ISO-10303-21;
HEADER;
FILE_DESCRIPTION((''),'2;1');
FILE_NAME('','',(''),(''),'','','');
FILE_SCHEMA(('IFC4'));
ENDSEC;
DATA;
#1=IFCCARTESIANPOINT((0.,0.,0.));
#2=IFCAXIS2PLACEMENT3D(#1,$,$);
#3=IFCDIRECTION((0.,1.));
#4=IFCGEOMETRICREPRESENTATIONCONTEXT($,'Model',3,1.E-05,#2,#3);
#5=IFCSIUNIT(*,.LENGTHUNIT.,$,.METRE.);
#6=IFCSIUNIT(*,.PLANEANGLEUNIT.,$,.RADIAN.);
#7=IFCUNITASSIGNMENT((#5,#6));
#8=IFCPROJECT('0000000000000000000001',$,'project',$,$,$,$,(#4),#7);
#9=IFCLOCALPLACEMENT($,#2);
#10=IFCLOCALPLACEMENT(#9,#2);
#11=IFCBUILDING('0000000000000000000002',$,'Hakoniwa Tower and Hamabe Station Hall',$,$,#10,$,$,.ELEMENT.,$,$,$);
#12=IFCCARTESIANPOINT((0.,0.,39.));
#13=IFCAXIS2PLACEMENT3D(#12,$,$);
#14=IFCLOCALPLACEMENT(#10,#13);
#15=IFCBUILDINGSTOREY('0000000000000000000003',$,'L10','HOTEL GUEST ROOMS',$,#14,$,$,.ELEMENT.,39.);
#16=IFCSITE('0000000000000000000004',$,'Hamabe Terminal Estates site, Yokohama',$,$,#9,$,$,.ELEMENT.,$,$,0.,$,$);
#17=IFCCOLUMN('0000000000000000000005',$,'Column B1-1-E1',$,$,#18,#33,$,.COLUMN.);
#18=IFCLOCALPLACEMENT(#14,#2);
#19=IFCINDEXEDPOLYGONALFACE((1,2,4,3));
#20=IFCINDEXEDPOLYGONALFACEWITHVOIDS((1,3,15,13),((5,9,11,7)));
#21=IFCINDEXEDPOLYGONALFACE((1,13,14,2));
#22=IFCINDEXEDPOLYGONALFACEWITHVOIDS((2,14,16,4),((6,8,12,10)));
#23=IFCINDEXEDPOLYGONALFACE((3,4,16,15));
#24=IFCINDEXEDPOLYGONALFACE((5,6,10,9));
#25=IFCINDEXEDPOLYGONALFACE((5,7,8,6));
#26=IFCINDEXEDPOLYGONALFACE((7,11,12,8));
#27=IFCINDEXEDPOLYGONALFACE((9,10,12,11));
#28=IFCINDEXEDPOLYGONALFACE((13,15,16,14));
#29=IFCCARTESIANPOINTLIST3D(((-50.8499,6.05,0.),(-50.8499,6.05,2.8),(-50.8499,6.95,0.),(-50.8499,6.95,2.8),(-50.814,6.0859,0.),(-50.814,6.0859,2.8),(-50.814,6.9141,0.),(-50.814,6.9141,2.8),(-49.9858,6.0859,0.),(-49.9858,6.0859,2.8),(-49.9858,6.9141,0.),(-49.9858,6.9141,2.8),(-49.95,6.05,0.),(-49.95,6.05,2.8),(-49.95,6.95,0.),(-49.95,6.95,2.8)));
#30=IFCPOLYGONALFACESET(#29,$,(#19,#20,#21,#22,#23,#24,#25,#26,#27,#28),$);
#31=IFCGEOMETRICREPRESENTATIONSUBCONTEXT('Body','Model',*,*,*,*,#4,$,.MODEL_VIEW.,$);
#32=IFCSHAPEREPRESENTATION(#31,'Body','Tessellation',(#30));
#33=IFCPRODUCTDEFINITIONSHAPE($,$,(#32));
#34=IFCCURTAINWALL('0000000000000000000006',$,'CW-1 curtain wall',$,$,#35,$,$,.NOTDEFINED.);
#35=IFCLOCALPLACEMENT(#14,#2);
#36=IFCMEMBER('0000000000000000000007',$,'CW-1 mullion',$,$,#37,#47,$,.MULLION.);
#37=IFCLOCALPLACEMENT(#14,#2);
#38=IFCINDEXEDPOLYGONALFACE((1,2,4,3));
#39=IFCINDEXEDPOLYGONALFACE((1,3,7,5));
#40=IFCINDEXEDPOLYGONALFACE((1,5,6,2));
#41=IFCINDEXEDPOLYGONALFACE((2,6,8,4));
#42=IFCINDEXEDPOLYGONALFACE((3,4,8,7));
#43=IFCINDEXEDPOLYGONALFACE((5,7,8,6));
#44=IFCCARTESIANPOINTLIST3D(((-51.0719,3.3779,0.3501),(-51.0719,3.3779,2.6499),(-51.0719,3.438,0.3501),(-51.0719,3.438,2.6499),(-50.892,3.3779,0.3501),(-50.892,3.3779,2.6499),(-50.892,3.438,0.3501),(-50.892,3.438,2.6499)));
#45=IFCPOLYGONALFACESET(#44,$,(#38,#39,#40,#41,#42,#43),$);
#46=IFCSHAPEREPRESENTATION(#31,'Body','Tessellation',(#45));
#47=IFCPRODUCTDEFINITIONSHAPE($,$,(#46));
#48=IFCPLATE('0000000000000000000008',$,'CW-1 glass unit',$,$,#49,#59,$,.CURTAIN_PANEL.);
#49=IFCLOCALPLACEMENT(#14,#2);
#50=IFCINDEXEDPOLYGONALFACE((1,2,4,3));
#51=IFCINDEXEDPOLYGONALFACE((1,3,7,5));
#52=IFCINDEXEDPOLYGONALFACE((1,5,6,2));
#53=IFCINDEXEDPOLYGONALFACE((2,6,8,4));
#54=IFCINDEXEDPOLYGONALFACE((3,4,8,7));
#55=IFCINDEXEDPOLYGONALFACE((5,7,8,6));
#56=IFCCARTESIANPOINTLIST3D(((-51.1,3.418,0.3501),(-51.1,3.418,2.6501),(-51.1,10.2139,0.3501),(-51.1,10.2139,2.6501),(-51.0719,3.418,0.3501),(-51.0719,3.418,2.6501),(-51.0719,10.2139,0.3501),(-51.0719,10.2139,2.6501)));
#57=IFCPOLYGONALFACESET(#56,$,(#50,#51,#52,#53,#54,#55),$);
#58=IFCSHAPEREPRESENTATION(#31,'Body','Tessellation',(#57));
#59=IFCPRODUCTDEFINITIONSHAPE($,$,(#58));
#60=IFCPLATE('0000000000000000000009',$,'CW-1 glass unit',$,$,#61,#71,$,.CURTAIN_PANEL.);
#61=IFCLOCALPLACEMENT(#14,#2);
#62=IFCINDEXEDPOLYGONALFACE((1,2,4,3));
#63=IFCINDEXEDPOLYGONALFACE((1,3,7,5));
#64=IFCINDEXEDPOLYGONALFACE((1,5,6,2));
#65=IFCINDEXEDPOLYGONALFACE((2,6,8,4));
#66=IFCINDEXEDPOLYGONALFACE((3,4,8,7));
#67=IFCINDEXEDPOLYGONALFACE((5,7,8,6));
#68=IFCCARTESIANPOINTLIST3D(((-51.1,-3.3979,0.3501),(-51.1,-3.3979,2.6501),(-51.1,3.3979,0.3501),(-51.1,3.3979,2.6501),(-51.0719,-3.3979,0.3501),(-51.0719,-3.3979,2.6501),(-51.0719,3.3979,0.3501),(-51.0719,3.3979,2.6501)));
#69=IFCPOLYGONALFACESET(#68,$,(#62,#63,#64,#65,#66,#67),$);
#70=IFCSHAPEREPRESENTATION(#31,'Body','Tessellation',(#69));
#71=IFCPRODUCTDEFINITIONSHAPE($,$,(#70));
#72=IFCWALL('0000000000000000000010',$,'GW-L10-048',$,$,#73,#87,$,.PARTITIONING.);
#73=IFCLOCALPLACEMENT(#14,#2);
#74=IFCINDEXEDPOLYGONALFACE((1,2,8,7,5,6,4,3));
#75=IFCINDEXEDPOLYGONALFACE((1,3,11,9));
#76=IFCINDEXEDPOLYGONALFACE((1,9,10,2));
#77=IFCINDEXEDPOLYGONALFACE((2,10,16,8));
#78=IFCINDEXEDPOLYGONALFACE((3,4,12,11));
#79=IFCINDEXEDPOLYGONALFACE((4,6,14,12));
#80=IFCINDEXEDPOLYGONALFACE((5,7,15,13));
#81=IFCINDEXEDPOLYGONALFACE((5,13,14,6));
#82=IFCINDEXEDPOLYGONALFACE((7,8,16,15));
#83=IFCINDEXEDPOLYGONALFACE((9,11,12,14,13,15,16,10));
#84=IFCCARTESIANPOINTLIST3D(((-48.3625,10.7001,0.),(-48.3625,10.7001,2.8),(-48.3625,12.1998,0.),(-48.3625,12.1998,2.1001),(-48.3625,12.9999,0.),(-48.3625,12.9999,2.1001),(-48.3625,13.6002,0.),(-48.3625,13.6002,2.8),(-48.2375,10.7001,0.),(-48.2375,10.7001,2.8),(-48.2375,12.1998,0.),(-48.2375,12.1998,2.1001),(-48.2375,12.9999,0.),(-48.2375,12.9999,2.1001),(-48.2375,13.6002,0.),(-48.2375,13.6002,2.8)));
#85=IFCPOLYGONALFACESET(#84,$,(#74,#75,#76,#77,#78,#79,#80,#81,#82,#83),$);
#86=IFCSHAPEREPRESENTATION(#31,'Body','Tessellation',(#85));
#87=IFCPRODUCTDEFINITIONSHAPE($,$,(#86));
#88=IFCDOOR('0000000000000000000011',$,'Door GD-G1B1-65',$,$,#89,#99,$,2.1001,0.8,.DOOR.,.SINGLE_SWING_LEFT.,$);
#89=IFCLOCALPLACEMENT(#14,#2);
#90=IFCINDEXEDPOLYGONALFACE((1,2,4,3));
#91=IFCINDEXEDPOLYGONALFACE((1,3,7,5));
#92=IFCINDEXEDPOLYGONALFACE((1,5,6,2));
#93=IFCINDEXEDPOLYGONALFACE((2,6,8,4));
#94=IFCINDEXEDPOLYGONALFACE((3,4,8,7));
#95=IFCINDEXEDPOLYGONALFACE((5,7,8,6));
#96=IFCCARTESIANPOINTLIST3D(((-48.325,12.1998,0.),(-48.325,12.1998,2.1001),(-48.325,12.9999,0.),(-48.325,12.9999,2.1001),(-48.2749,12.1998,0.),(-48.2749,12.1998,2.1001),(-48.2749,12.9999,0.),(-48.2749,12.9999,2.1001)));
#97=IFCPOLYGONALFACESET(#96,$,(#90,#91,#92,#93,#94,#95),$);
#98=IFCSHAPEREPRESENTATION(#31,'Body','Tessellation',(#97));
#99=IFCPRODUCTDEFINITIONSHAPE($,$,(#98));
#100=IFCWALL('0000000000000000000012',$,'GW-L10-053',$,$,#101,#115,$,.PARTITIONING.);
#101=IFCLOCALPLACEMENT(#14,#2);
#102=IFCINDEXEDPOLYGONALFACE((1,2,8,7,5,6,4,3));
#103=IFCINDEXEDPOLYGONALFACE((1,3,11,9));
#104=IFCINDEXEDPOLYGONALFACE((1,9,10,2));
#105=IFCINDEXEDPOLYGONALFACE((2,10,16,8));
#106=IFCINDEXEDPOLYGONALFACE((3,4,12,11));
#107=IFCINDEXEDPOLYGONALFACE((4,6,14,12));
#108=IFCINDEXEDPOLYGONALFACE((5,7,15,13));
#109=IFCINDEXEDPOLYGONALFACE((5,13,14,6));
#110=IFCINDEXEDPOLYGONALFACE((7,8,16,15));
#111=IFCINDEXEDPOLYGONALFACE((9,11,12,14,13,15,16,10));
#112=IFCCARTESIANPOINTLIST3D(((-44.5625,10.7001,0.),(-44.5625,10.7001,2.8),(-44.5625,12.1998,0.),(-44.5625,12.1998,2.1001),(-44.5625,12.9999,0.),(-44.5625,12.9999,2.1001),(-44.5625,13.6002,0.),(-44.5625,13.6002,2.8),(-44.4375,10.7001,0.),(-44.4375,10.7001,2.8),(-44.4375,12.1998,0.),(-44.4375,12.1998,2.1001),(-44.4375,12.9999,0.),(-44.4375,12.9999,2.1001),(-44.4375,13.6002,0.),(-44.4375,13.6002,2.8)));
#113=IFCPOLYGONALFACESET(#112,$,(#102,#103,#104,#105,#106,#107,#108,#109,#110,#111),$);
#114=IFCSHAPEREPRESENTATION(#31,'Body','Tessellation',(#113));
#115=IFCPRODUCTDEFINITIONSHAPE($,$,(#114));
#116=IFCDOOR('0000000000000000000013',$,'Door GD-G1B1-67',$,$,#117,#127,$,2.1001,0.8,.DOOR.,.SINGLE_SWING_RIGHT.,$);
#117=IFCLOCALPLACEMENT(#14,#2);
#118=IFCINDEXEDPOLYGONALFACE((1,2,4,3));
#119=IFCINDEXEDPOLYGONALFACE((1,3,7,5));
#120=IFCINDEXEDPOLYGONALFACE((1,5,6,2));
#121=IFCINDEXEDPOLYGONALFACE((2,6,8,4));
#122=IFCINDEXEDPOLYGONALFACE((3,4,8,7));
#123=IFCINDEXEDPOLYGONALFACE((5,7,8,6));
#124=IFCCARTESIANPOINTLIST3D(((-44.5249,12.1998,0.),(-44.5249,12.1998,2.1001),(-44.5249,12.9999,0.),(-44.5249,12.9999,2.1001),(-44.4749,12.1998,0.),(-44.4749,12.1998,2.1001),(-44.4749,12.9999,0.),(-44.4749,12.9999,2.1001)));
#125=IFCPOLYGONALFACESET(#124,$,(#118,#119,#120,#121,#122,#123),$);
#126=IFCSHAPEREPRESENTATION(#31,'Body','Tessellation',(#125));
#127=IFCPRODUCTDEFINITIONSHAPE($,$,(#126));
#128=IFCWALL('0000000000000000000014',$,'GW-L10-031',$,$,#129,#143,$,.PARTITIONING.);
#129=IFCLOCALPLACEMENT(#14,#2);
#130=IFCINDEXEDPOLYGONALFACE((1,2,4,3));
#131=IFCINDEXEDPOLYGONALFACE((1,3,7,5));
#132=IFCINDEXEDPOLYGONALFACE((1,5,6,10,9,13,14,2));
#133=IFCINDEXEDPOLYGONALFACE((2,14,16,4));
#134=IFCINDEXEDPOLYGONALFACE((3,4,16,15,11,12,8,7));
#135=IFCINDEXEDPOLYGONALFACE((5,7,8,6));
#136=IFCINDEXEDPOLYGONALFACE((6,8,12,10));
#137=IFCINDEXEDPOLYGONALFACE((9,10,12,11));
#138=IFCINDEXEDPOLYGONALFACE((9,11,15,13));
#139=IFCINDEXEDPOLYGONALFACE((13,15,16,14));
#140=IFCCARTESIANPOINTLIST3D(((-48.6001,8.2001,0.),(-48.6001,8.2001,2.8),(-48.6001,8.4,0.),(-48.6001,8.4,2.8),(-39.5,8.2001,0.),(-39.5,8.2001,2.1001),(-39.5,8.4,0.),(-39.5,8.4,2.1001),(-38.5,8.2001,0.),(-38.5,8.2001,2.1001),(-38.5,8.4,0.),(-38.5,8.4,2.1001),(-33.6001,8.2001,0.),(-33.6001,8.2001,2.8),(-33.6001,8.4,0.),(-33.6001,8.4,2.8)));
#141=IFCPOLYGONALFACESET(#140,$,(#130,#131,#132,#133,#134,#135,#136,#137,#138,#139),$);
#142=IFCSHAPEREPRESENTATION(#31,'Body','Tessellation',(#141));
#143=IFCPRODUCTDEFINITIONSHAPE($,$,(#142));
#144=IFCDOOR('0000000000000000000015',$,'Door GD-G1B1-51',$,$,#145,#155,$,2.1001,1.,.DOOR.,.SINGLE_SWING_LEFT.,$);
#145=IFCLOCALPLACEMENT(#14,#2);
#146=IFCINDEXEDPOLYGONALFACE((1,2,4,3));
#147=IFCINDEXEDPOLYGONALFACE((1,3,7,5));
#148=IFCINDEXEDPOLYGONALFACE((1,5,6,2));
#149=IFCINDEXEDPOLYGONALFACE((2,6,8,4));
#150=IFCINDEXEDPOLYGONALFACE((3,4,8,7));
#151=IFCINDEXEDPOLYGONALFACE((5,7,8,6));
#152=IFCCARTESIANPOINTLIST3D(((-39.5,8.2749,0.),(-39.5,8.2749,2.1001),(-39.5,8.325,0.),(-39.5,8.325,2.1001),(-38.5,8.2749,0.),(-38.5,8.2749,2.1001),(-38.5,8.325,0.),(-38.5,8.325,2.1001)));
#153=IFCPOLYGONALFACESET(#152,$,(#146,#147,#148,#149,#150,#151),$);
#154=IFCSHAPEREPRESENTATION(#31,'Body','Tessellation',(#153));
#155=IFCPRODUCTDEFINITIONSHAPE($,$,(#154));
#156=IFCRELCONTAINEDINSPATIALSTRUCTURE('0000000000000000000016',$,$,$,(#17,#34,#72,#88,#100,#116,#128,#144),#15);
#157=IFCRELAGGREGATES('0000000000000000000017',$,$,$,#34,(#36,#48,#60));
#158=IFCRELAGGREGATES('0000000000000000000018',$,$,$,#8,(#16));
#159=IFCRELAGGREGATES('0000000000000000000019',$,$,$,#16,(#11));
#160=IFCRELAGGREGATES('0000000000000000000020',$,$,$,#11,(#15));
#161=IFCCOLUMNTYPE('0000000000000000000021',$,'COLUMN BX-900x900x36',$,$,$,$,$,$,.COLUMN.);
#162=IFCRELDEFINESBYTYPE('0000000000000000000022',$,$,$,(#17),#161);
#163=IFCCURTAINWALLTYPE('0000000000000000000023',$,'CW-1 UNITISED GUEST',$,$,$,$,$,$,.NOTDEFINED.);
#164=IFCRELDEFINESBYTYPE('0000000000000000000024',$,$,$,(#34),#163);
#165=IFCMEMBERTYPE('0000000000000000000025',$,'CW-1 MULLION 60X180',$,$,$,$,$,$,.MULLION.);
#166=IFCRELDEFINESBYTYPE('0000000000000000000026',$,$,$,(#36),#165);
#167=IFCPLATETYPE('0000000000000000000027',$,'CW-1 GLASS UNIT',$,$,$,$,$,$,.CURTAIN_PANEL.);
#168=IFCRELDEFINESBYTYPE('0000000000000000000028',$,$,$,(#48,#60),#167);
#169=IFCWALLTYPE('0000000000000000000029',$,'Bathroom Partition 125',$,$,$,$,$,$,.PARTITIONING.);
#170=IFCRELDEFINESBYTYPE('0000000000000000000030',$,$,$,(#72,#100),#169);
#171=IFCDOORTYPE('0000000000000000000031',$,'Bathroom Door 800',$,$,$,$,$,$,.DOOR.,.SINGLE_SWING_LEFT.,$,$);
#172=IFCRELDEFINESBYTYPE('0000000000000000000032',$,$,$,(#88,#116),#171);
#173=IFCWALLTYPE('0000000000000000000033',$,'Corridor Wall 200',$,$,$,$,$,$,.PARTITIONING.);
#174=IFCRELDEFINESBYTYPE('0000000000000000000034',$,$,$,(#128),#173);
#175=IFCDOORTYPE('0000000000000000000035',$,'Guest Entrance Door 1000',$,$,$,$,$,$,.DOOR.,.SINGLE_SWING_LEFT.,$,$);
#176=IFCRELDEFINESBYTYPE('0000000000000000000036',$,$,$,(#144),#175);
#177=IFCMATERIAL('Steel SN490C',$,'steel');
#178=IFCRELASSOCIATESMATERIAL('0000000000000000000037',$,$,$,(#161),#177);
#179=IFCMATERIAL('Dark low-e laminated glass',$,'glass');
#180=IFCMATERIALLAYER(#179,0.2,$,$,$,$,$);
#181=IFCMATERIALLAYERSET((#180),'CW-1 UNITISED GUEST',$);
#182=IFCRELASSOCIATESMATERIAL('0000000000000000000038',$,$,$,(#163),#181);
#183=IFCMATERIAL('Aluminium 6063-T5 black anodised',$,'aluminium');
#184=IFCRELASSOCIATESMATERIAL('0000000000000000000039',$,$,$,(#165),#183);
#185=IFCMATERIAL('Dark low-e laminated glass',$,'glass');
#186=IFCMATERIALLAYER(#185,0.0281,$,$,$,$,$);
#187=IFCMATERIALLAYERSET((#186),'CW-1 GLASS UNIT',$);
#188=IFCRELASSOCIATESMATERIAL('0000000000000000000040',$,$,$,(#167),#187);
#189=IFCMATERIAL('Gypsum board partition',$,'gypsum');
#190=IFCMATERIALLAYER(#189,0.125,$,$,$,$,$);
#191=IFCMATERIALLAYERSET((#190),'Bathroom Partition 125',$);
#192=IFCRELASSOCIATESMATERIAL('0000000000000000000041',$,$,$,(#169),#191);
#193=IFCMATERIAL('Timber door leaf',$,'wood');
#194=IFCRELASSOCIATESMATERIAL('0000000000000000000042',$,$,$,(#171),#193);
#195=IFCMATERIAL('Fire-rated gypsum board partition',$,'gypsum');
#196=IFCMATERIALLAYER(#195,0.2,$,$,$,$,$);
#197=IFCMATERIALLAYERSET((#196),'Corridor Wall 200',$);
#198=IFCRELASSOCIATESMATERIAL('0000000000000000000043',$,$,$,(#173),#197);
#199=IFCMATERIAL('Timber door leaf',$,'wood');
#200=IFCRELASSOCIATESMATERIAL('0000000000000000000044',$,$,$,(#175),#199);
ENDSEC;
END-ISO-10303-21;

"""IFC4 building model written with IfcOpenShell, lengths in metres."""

from ifc_helpers import new_model, si_unit, direction, frame, frame_2d, origin, origin_2d, place, context, subcontext, project, spatial, rectangle, hollow_rectangle, extrude, material, layer, layer_set, material_profile, profile_set, type_object, element, fill, aggregate, save


model = new_model("IFC4")

# Units and contexts
model_context = context("Model", 3, precision=1e-05, world=origin(), true_north=direction((0.0, 1.0)))
body_context = subcontext(model_context, "Body", "Model", "MODEL_VIEW")
ifc_project = project(units=[si_unit("LENGTHUNIT", "METRE"), si_unit("PLANEANGLEUNIT", "RADIAN")], contexts=[model_context])

# Site, building, storey
site_placement = place(None, origin())
site = spatial("IfcSite", under=ifc_project, at=site_placement, Name="Hamabe Terminal Estates site, Yokohama", CompositionType="ELEMENT", RefElevation=0.0)
building_placement = place(site_placement, origin())
building = spatial("IfcBuilding", under=site, at=building_placement, Name="Hakoniwa Tower and Hamabe Station Hall", CompositionType="ELEMENT")
storey_placement = place(building_placement, frame((0.0, 0.0, 39.0)))
storey = spatial("IfcBuildingStorey", under=building, at=storey_placement, Name="L10", Description="HOTEL GUEST ROOMS", CompositionType="ELEMENT", Elevation=39.0)

# Column
ifc_material_1 = material(Name="Steel SN490C", Category="steel")
ifc_material_profile_1 = material_profile(ifc_material_1, hollow_rectangle(XDim=0.8999, YDim=0.8999, WallThickness=0.0359, at=origin_2d()), Name="BX-900x900x36")
ifc_profile_set_1 = profile_set([ifc_material_profile_1], Name="Steel SN490C")
column_type = type_object("IfcColumnType", Name="COLUMN BX-900x900x36", PredefinedType="COLUMN", material=ifc_profile_set_1)
column_placement = place(storey_placement, frame((-50.3999, 6.5, 0.0), z_axis=(0.0, 0.0, 1.0), x_axis=(1.0, 0.0, 0.0)))
element("IfcColumn", 1, at=column_placement, inside=storey, type_object=column_type, Name="Column B1-1-E1", PredefinedType="COLUMN", context=body_context, shape_type="SweptSolid", body=[
    extrude(hollow_rectangle(XDim=0.8999, YDim=0.8999, WallThickness=0.0359, at=origin_2d()), origin(), (0.0, 0.0, 1.0), 2.8),
])

# Curtain wall, member, plates
ifc_material_2 = material(Name="Dark low-e laminated glass", Category="glass")
ifc_layer_1 = layer(ifc_material_2, 0.2)
ifc_layer_set_1 = layer_set([ifc_layer_1], Name="CW-1 UNITISED GUEST")
curtain_wall_type = type_object("IfcCurtainWallType", Name="CW-1 UNITISED GUEST", PredefinedType="NOTDEFINED", material=ifc_layer_set_1)
curtain_wall_placement = place(storey_placement, origin())
curtain_wall = element("IfcCurtainWall", 2, at=curtain_wall_placement, inside=storey, type_object=curtain_wall_type, Name="CW-1 curtain wall", PredefinedType="NOTDEFINED")
ifc_material_3 = material(Name="Aluminium 6063-T5 black anodised", Category="aluminium")
ifc_material_profile_2 = material_profile(ifc_material_3, rectangle(XDim=0.0601, YDim=0.1799, at=origin_2d()), Name="CW-1 MULLION 60X180")
ifc_profile_set_2 = profile_set([ifc_material_profile_2], Name="Aluminium 6063-T5 black anodised")
member_type = type_object("IfcMemberType", Name="CW-1 MULLION 60X180", PredefinedType="MULLION", material=ifc_profile_set_2)
member_placement = place(storey_placement, frame((-50.9819, 3.408, 0.3501), z_axis=(0.0, 0.0, 1.0), x_axis=(0.0, -1.0, 0.0)))
member = element("IfcMember", 3, at=member_placement, type_object=member_type, Name="CW-1 mullion", PredefinedType="MULLION", context=body_context, shape_type="SweptSolid", body=[
    extrude(rectangle(XDim=0.0601, YDim=0.1799, at=origin_2d()), origin(), (0.0, 0.0, 1.0), 2.2998),
])
ifc_material_4 = material(Name="Dark low-e laminated glass", Category="glass")
ifc_layer_2 = layer(ifc_material_4, 0.0281)
ifc_layer_set_2 = layer_set([ifc_layer_2], Name="CW-1 GLASS UNIT")
plate_type = type_object("IfcPlateType", Name="CW-1 GLASS UNIT", PredefinedType="CURTAIN_PANEL", material=ifc_layer_set_2)
plate_1_placement = place(storey_placement, frame((-51.0859, 6.8159, 0.3501), z_axis=(0.0, 0.0, 1.0), x_axis=(0.0, -1.0, 0.0)))
plate_1 = element("IfcPlate", 4, at=plate_1_placement, type_object=plate_type, Name="CW-1 glass unit", PredefinedType="CURTAIN_PANEL", context=body_context, shape_type="SweptSolid", body=[
    extrude(rectangle(XDim=6.7959, YDim=0.0281, at=origin_2d()), origin(), (0.0, 0.0, 1.0), 2.3),
])
plate_2_placement = place(storey_placement, frame((-51.0859, 0.0, 0.3501), z_axis=(0.0, 0.0, 1.0), x_axis=(0.0, -1.0, 0.0)))
plate_2 = element("IfcPlate", 5, at=plate_2_placement, type_object=plate_type, Name="CW-1 glass unit", PredefinedType="CURTAIN_PANEL", context=body_context, shape_type="SweptSolid", body=[
    extrude(rectangle(XDim=6.7959, YDim=0.0281, at=origin_2d()), origin(), (0.0, 0.0, 1.0), 2.3),
])
aggregate(curtain_wall, [member, plate_1, plate_2])

# Walls, openings, doors
ifc_material_5 = material(Name="Gypsum board partition", Category="gypsum")
ifc_layer_3 = layer(ifc_material_5, 0.125)
ifc_layer_set_3 = layer_set([ifc_layer_3], Name="Bathroom Partition 125")
wall_type_1 = type_object("IfcWallType", Name="Bathroom Partition 125", PredefinedType="PARTITIONING", material=ifc_layer_set_3)
wall_1_placement = place(storey_placement, frame((-48.3, 10.7, 0.0), z_axis=(0.0, 0.0, 1.0), x_axis=(0.0, 1.0, 0.0)))
wall_1 = element("IfcWall", 6, at=wall_1_placement, inside=storey, type_object=wall_type_1, Name="GW-L10-048", PredefinedType="PARTITIONING", context=body_context, shape_type="SweptSolid", body=[
    extrude(rectangle(XDim=2.9001, YDim=0.125, at=frame_2d((1.4502, 0.0))), origin(), (0.0, 0.0, 1.0), 2.8),
])
opening_1_placement = place(wall_1_placement, frame((1.5, 0.0, 0.0)))
opening_1 = element("IfcOpeningElement", 7, at=opening_1_placement, cuts=wall_1, PredefinedType="OPENING", context=body_context, shape_type="SweptSolid", body=[
    extrude(rectangle(XDim=0.8, YDim=2.1001, at=frame_2d((0.3999, 1.05))), frame((0.0, 0.0725, 0.0), z_axis=(0.0, -1.0, 0.0), x_axis=(1.0, 0.0, 0.0)), (0.0, 0.0, 1.0), 0.145),
])
ifc_material_6 = material(Name="Timber door leaf", Category="wood")
door_type_1 = type_object("IfcDoorType", Name="Bathroom Door 800", OperationType="SINGLE_SWING_LEFT", PredefinedType="DOOR", material=ifc_material_6)
door_1_placement = place(opening_1_placement, origin())
door_1 = element("IfcDoor", 8, at=door_1_placement, inside=storey, type_object=door_type_1, Name="Door GD-G1B1-65", OperationType="SINGLE_SWING_LEFT", OverallHeight=2.1001, OverallWidth=0.8, PredefinedType="DOOR", context=body_context, shape_type="SweptSolid", body=[
    extrude(rectangle(XDim=0.8, YDim=2.1001, at=frame_2d((0.3999, 1.05))), frame((0.0, 0.0249, 0.0), z_axis=(0.0, -1.0, 0.0), x_axis=(1.0, 0.0, 0.0)), (0.0, 0.0, 1.0), 0.05),
])
fill(opening_1, door_1)
wall_2_placement = place(storey_placement, frame((-44.5, 10.7, 0.0), z_axis=(0.0, 0.0, 1.0), x_axis=(0.0, 1.0, 0.0)))
wall_2 = element("IfcWall", 9, at=wall_2_placement, inside=storey, type_object=wall_type_1, Name="GW-L10-053", PredefinedType="PARTITIONING", context=body_context, shape_type="SweptSolid", body=[
    extrude(rectangle(XDim=2.9001, YDim=0.125, at=frame_2d((1.4502, 0.0))), origin(), (0.0, 0.0, 1.0), 2.8),
])
opening_2_placement = place(wall_2_placement, frame((1.5, 0.0, 0.0)))
opening_2 = element("IfcOpeningElement", 10, at=opening_2_placement, cuts=wall_2, PredefinedType="OPENING", context=body_context, shape_type="SweptSolid", body=[
    extrude(rectangle(XDim=0.8, YDim=2.1001, at=frame_2d((0.3999, 1.05))), frame((0.0, 0.0725, 0.0), z_axis=(0.0, -1.0, 0.0), x_axis=(1.0, 0.0, 0.0)), (0.0, 0.0, 1.0), 0.145),
])
door_2_placement = place(opening_2_placement, origin())
door_2 = element("IfcDoor", 11, at=door_2_placement, inside=storey, type_object=door_type_1, Name="Door GD-G1B1-67", OperationType="SINGLE_SWING_RIGHT", OverallHeight=2.1001, OverallWidth=0.8, PredefinedType="DOOR", context=body_context, shape_type="SweptSolid", body=[
    extrude(rectangle(XDim=0.8, YDim=2.1001, at=frame_2d((0.3999, 1.05))), frame((0.0, 0.0249, 0.0), z_axis=(0.0, -1.0, 0.0), x_axis=(1.0, 0.0, 0.0)), (0.0, 0.0, 1.0), 0.05),
])
fill(opening_2, door_2)
ifc_material_7 = material(Name="Fire-rated gypsum board partition", Category="gypsum")
ifc_layer_4 = layer(ifc_material_7, 0.2)
ifc_layer_set_4 = layer_set([ifc_layer_4], Name="Corridor Wall 200")
wall_type_2 = type_object("IfcWallType", Name="Corridor Wall 200", PredefinedType="PARTITIONING", material=ifc_layer_set_4)
wall_3_placement = place(storey_placement, frame((-48.6001, 8.3, 0.0), z_axis=(0.0, 0.0, 1.0), x_axis=(1.0, 0.0, 0.0)))
wall_3 = element("IfcWall", 12, at=wall_3_placement, inside=storey, type_object=wall_type_2, Name="GW-L10-031", PredefinedType="PARTITIONING", context=body_context, shape_type="SweptSolid", body=[
    extrude(rectangle(XDim=15.0, YDim=0.2, at=frame_2d((7.5, 0.0))), origin(), (0.0, 0.0, 1.0), 2.8),
])
opening_3_placement = place(wall_3_placement, frame((9.1001, 0.0, 0.0)))
opening_3 = element("IfcOpeningElement", 13, at=opening_3_placement, cuts=wall_3, PredefinedType="OPENING", context=body_context, shape_type="SweptSolid", body=[
    extrude(rectangle(XDim=1.0, YDim=2.1001, at=frame_2d((0.5, 1.05))), frame((0.0, 0.1099, 0.0), z_axis=(0.0, -1.0, 0.0), x_axis=(1.0, 0.0, 0.0)), (0.0, 0.0, 1.0), 0.22),
])
ifc_material_8 = material(Name="Timber door leaf", Category="wood")
door_type_2 = type_object("IfcDoorType", Name="Guest Entrance Door 1000", OperationType="SINGLE_SWING_LEFT", PredefinedType="DOOR", material=ifc_material_8)
door_3_placement = place(opening_3_placement, origin())
door_3 = element("IfcDoor", 14, at=door_3_placement, inside=storey, type_object=door_type_2, Name="Door GD-G1B1-51", OperationType="SINGLE_SWING_LEFT", OverallHeight=2.1001, OverallWidth=1.0, PredefinedType="DOOR", context=body_context, shape_type="SweptSolid", body=[
    extrude(rectangle(XDim=1.0, YDim=2.1001, at=frame_2d((0.5, 1.05))), frame((0.0, 0.0249, 0.0), z_axis=(0.0, -1.0, 0.0), x_axis=(1.0, 0.0, 0.0)), (0.0, 0.0, 1.0), 0.05),
])
fill(opening_3, door_3)

save(model, "model.ifc")
